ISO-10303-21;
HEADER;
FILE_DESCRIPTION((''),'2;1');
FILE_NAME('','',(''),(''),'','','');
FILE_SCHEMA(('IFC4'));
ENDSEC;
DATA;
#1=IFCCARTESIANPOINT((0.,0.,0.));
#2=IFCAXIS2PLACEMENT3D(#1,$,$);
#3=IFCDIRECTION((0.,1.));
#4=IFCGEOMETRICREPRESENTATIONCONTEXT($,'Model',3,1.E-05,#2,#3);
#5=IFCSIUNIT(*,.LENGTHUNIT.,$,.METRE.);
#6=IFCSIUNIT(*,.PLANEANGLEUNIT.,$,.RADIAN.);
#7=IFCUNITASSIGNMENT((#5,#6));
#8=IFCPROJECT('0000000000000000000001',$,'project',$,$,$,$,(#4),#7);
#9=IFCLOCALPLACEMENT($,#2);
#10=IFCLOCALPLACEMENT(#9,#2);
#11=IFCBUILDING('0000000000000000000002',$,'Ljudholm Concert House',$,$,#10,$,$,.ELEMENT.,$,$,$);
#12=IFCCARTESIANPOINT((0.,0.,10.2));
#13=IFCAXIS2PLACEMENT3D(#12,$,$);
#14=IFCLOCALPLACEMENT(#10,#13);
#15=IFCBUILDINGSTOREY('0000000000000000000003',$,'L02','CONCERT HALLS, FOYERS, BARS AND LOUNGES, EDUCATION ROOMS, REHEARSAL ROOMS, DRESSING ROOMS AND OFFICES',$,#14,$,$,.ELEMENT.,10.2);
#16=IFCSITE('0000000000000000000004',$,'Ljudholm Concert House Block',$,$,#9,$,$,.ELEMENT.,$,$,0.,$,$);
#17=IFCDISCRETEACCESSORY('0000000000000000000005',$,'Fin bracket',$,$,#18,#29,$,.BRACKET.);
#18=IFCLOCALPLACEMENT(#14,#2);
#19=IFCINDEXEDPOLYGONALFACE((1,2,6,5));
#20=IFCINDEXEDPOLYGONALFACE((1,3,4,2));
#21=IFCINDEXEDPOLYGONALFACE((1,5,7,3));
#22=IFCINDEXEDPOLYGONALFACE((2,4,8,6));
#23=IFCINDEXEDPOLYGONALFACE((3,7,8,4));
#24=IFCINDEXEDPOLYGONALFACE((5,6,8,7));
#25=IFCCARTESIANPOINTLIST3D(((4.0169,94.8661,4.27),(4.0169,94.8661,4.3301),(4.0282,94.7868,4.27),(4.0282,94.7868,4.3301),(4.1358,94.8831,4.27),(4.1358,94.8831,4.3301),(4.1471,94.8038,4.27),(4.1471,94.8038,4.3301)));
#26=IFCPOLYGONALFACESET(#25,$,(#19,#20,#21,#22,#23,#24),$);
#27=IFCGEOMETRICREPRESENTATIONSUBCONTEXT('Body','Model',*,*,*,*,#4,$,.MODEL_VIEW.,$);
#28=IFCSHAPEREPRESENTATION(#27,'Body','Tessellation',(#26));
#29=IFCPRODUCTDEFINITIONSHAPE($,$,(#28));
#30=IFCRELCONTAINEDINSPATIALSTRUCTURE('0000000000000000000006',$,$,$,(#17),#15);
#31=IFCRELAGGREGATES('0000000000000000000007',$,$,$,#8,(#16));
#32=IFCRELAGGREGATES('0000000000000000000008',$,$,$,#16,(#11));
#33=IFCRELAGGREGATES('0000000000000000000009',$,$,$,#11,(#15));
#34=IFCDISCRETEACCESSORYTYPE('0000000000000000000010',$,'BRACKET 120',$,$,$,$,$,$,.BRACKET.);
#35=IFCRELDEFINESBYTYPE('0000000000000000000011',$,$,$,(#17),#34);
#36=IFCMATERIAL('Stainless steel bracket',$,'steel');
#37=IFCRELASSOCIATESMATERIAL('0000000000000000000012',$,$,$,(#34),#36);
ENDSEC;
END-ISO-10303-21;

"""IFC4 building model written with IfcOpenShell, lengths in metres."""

from ifc_helpers import new_model, si_unit, direction, frame, origin, origin_2d, place, context, subcontext, project, spatial, rectangle, extrude, material, type_object, element, save


model = new_model("IFC4")

# Units and contexts
model_context = context("Model", 3, precision=1e-05, world=origin(), true_north=direction((0.0, 1.0)))
body_context = subcontext(model_context, "Body", "Model", "MODEL_VIEW")
ifc_project = project(units=[si_unit("LENGTHUNIT", "METRE"), si_unit("PLANEANGLEUNIT", "RADIAN")], contexts=[model_context])

# Site, building, storey
site_placement = place(None, origin())
site = spatial("IfcSite", under=ifc_project, at=site_placement, Name="Ljudholm Concert House Block", CompositionType="ELEMENT", RefElevation=0.0)
building_placement = place(site_placement, origin())
building = spatial("IfcBuilding", under=site, at=building_placement, Name="Ljudholm Concert House", CompositionType="ELEMENT")
storey_placement = place(building_placement, frame((0.0, 0.0, 10.2)))
storey = spatial("IfcBuildingStorey", under=building, at=storey_placement, Name="L02", Description="CONCERT HALLS, FOYERS, BARS AND LOUNGES, EDUCATION ROOMS, REHEARSAL ROOMS, DRESSING ROOMS AND OFFICES", CompositionType="ELEMENT", Elevation=10.2)

# Discrete accessory
ifc_material_1 = material(Name="Stainless steel bracket", Category="steel")
discrete_accessory_type = type_object("IfcDiscreteAccessoryType", Name="BRACKET 120", PredefinedType="BRACKET", material=ifc_material_1)
for number, where, z_axis, x_axis, name in (
    (1, (4.082, 94.835, 4.27), (0.0, 0.0, 1.0), (-0.989949, -0.141421, 0.0), "Fin bracket"),
):
    element("IfcDiscreteAccessory", number, at=place(storey_placement, frame(where, z_axis=z_axis, x_axis=x_axis)), inside=storey, type_object=discrete_accessory_type, Name=name, PredefinedType="BRACKET", context=body_context, shape_type="SweptSolid", body=[
        extrude(rectangle(XDim=0.1201, YDim=0.0801, at=origin_2d()), origin(), (0.0, 0.0, 1.0), 0.0601),
    ])

save(model, "model.ifc")
